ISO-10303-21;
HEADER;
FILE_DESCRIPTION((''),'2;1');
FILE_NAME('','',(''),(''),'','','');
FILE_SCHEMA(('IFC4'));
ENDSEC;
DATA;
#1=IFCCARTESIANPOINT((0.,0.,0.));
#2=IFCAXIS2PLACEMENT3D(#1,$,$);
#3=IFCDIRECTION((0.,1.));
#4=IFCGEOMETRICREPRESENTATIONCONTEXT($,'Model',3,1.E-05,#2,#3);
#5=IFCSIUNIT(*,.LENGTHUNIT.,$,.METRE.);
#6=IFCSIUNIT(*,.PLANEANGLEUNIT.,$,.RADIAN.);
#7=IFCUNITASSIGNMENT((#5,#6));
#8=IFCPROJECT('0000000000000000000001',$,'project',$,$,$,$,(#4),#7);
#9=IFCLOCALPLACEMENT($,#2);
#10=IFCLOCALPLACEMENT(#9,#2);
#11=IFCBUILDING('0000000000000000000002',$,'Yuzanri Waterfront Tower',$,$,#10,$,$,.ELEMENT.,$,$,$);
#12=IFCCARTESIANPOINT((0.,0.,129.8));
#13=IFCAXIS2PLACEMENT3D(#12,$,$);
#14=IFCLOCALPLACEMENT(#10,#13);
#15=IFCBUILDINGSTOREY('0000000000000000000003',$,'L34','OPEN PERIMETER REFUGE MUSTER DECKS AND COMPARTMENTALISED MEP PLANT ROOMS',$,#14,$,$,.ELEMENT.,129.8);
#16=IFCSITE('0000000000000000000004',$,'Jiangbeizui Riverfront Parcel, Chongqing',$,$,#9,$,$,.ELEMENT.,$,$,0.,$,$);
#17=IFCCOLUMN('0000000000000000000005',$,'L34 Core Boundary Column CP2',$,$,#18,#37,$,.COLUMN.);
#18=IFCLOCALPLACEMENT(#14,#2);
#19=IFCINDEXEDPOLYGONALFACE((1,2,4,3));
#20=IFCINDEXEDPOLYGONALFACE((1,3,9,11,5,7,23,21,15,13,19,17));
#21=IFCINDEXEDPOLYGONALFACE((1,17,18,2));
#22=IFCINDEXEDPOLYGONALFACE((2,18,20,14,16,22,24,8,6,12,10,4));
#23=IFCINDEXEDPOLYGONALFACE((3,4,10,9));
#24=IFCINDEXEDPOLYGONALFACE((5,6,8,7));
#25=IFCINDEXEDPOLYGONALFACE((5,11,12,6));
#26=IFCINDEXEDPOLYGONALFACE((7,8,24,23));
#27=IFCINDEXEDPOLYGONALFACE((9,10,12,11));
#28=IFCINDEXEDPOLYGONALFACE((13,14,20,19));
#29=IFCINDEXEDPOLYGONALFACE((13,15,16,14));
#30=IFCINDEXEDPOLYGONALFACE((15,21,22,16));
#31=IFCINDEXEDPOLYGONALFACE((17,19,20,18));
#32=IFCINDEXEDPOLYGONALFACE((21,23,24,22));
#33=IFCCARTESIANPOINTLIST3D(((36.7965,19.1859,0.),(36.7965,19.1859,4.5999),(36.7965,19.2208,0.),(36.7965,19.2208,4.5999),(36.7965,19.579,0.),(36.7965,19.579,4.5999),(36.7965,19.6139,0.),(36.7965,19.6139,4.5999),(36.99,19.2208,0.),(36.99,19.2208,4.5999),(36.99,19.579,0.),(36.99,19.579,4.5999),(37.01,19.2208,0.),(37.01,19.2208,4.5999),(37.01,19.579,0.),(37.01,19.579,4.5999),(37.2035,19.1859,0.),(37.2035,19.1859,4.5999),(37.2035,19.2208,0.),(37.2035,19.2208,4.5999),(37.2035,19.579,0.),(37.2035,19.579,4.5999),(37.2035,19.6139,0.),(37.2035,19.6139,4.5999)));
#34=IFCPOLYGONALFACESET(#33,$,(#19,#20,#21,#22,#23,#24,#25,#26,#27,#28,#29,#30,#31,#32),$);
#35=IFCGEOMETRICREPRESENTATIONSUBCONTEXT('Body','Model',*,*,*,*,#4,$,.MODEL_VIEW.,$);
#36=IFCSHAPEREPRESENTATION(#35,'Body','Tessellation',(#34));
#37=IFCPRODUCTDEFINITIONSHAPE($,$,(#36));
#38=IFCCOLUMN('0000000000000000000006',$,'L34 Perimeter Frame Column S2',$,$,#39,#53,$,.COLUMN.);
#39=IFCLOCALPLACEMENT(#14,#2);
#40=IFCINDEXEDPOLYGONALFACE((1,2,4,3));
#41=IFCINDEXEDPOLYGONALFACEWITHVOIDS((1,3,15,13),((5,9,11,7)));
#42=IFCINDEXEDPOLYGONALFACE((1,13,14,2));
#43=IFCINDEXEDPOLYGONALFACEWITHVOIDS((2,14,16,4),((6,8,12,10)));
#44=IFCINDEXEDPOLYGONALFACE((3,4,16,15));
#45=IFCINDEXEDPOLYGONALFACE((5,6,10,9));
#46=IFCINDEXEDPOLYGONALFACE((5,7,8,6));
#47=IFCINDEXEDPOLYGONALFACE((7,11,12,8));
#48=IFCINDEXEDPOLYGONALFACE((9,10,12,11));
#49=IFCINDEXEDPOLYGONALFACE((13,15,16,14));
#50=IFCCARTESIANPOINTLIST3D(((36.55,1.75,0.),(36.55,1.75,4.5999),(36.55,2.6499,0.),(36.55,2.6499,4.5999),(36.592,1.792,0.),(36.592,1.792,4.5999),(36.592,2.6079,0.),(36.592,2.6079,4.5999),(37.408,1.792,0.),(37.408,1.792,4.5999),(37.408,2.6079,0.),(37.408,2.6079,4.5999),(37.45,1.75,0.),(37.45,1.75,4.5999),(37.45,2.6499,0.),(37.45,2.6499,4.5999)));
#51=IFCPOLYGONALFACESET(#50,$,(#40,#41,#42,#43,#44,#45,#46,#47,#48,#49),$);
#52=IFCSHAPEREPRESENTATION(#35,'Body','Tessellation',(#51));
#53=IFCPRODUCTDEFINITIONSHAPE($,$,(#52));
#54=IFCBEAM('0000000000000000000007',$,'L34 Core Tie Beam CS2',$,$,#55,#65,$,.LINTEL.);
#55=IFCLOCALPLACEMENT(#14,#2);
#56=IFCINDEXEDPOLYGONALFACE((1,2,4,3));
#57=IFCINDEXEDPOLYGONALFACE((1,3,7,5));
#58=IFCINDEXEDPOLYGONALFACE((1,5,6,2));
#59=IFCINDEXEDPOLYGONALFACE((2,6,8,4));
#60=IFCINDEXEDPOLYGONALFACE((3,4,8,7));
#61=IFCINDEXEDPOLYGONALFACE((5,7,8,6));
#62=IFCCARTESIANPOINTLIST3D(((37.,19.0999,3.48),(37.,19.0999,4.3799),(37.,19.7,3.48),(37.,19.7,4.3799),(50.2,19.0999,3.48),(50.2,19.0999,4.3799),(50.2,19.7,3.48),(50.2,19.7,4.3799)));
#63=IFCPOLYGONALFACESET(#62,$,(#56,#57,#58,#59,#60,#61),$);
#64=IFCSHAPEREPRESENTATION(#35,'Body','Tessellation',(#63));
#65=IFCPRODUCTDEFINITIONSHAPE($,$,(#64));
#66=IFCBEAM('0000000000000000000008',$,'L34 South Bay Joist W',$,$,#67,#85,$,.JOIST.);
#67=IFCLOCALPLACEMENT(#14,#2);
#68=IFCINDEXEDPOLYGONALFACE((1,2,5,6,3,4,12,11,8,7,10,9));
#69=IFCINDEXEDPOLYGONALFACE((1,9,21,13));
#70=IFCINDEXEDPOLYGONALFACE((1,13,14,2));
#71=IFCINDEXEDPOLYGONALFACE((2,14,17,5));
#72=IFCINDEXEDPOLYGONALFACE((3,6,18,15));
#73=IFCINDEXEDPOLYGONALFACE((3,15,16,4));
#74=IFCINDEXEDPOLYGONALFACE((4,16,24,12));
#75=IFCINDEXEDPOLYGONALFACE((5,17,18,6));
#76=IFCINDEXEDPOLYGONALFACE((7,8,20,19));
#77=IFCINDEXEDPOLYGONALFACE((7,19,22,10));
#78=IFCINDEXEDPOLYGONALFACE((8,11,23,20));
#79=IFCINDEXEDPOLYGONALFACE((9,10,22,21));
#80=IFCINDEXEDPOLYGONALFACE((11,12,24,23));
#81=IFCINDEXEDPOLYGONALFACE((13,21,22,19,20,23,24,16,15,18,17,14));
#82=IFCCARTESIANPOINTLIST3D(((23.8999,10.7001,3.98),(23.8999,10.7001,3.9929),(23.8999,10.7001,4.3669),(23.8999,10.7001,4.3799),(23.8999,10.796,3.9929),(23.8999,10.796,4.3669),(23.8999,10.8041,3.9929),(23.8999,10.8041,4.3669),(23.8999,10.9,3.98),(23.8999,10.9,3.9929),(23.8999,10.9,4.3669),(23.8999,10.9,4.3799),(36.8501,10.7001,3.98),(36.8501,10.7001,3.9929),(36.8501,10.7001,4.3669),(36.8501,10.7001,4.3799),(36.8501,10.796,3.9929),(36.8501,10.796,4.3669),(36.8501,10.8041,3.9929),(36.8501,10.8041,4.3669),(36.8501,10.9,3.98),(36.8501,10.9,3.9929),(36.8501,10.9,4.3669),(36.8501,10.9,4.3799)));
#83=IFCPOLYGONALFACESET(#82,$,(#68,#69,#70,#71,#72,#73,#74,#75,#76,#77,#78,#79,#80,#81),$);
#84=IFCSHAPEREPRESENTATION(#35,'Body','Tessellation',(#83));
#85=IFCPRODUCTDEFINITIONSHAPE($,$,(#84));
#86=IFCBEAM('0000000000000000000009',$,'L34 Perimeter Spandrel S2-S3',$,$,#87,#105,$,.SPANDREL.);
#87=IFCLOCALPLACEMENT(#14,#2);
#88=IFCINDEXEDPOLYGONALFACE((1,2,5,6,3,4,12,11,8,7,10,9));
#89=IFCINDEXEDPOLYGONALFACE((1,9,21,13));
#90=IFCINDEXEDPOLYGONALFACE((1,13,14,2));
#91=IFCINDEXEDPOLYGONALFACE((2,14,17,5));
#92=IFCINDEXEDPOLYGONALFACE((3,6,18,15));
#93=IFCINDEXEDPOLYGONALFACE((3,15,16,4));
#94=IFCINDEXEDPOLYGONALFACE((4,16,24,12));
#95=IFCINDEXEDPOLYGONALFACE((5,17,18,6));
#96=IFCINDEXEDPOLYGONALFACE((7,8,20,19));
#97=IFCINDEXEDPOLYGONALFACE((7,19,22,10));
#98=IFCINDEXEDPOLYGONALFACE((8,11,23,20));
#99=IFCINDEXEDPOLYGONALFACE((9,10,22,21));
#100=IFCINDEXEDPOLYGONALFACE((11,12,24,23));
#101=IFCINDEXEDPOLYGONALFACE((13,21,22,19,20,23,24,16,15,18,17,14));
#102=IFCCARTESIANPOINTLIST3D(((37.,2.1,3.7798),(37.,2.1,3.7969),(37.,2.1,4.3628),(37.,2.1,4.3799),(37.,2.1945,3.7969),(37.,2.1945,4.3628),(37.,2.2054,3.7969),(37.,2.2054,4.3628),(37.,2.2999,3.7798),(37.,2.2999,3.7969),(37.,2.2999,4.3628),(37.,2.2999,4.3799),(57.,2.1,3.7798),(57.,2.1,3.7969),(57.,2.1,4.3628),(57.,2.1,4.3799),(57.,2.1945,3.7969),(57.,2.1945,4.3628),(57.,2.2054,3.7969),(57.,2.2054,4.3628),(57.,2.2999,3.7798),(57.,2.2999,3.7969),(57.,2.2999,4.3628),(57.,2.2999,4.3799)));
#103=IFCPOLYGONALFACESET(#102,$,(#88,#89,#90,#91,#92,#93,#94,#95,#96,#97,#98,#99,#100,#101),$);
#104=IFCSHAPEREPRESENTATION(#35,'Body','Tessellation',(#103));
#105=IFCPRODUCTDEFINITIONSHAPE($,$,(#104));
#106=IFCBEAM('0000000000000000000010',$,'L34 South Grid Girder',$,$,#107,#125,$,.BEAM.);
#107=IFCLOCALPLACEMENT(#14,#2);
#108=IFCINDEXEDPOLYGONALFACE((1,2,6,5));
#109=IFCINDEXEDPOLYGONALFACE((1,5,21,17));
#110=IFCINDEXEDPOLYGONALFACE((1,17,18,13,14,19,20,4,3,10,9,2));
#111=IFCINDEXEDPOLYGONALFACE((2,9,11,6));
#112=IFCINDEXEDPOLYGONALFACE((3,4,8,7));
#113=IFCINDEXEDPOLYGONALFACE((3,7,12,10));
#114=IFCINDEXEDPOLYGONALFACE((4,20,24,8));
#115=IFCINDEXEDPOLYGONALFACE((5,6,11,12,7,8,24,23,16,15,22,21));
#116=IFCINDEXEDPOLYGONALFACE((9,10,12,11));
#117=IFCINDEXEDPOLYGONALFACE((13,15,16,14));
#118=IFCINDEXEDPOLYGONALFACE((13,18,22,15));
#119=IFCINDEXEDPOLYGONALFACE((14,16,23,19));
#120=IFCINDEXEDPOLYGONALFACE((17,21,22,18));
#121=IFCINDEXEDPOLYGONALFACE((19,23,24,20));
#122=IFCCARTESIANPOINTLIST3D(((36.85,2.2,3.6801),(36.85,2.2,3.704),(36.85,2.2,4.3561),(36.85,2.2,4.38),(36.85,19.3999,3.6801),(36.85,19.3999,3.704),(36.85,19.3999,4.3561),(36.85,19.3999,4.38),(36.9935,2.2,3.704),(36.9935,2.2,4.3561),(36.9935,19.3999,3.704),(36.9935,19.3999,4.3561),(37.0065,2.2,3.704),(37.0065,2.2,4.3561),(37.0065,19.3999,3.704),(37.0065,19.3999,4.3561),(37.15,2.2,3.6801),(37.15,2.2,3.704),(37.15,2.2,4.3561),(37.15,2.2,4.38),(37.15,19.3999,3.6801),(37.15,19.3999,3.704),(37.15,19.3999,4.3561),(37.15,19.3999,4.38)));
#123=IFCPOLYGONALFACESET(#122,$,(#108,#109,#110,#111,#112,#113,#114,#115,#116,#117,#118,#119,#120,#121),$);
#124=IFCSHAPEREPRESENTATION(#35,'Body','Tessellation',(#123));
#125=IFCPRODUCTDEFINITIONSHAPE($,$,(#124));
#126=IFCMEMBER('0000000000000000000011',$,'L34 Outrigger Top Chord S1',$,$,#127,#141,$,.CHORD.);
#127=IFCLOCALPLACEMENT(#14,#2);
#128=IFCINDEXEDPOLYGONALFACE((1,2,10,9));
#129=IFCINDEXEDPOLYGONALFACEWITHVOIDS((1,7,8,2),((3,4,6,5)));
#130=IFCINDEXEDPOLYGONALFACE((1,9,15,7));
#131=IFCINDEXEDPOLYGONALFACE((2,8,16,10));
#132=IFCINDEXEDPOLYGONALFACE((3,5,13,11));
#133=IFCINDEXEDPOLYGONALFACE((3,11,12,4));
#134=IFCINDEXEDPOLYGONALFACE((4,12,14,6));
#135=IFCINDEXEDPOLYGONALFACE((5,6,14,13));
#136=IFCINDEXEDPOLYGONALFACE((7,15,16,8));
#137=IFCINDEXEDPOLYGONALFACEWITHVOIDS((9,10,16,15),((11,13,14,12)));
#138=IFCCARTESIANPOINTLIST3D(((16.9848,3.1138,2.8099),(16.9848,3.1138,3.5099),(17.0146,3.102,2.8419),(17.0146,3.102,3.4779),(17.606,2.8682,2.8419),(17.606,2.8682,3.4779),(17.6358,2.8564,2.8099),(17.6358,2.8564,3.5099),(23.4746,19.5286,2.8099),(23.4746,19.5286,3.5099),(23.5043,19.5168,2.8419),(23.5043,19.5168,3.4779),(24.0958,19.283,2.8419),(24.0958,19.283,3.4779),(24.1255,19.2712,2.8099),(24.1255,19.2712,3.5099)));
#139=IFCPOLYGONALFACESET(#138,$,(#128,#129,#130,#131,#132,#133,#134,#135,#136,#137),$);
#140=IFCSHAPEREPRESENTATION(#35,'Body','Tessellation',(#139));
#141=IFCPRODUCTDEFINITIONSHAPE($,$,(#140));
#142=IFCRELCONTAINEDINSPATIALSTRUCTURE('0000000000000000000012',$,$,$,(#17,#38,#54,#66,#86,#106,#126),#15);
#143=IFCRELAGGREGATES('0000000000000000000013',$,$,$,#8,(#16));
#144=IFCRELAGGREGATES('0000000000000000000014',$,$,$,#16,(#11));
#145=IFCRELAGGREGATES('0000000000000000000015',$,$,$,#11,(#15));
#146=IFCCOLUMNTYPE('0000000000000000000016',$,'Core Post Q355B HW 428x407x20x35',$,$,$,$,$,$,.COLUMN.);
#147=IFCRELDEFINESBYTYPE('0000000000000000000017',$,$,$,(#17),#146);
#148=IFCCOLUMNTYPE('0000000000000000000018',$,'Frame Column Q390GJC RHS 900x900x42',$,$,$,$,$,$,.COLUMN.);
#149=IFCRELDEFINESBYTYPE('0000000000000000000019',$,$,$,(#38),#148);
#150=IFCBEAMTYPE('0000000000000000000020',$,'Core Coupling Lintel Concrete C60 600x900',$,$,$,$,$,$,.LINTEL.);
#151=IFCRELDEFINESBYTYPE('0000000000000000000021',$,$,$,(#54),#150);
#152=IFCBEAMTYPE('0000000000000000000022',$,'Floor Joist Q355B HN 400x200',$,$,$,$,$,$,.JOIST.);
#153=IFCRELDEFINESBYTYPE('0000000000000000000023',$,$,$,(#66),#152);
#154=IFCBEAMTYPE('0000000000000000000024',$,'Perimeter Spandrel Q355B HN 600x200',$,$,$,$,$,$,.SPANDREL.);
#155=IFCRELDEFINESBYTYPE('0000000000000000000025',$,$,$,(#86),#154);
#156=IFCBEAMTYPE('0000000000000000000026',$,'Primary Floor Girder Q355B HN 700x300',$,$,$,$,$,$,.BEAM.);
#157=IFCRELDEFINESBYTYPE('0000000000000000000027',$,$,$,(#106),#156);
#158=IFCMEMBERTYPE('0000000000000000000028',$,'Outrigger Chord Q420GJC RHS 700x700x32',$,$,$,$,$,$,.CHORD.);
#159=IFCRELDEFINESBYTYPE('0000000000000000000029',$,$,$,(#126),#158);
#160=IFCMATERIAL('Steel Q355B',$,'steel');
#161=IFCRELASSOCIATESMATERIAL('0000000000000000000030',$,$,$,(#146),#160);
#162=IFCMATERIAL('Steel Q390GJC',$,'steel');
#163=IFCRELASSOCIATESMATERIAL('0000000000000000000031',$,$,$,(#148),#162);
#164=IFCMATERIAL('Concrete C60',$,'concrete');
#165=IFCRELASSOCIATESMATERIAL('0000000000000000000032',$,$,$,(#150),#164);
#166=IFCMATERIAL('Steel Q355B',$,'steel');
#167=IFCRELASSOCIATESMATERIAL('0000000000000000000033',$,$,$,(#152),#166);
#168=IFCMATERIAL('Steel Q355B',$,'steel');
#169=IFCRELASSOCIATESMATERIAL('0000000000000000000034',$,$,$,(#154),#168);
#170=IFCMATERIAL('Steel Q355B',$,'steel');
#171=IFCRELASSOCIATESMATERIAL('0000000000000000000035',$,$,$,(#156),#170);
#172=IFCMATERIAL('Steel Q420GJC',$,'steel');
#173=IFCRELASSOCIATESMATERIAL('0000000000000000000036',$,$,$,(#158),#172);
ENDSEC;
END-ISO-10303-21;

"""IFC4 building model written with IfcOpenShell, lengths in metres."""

from ifc_helpers import new_model, si_unit, direction, frame, origin, origin_2d, place, context, subcontext, project, spatial, rectangle, hollow_rectangle, i_section, extrude, source, transform, mapped, material, material_profile, profile_set, type_object, element, save


model = new_model("IFC4")

# Units and contexts
model_context = context("Model", 3, precision=1e-05, world=origin(), true_north=direction((0.0, 1.0)))
body_context = subcontext(model_context, "Body", "Model", "MODEL_VIEW")
ifc_project = project(units=[si_unit("LENGTHUNIT", "METRE"), si_unit("PLANEANGLEUNIT", "RADIAN")], contexts=[model_context])

# Site, building, storey
site_placement = place(None, origin())
site = spatial("IfcSite", under=ifc_project, at=site_placement, Name="Jiangbeizui Riverfront Parcel, Chongqing", CompositionType="ELEMENT", RefElevation=0.0)
building_placement = place(site_placement, origin())
building = spatial("IfcBuilding", under=site, at=building_placement, Name="Yuzanri Waterfront Tower", CompositionType="ELEMENT")
storey_placement = place(building_placement, frame((0.0, 0.0, 129.8)))
storey = spatial("IfcBuildingStorey", under=building, at=storey_placement, Name="L34", Description="OPEN PERIMETER REFUGE MUSTER DECKS AND COMPARTMENTALISED MEP PLANT ROOMS", CompositionType="ELEMENT", Elevation=129.8)

# Columns
ifc_material_1 = material(Name="Steel Q355B", Category="steel")
ifc_material_profile_1 = material_profile(ifc_material_1, i_section(OverallWidth=0.407, OverallDepth=0.428, WebThickness=0.02, FlangeThickness=0.0349, at=origin_2d()), Name="HW 428x407x20x35")
ifc_profile_set_1 = profile_set([ifc_material_profile_1], Name="Steel Q355B")
column_type_1 = type_object("IfcColumnType", Name="Core Post Q355B HW 428x407x20x35", PredefinedType="COLUMN", material=ifc_profile_set_1)
shared_shape_1 = source(origin(), body_context, "Body", "SweptSolid", [
    extrude(i_section(OverallWidth=0.407, OverallDepth=0.428, WebThickness=0.02, FlangeThickness=0.0349, at=origin_2d()), origin(), (0.0, 0.0, 1.0), 4.5999),
])
column_1_placement = place(storey_placement, frame((37.0, 19.3999, 0.0), z_axis=(0.0, 0.0, 1.0), x_axis=(1.0, 0.0, 0.0)))
element("IfcColumn", 1, at=column_1_placement, inside=storey, type_object=column_type_1, Name="L34 Core Boundary Column CP2", PredefinedType="COLUMN", context=body_context, shape_type="MappedRepresentation", body=[
    mapped(shared_shape_1, transform((0.0, 0.0, 0.0), scale=1.0)),
])
ifc_material_2 = material(Name="Steel Q390GJC", Category="steel")
ifc_material_profile_2 = material_profile(ifc_material_2, hollow_rectangle(XDim=0.8999, YDim=0.8999, WallThickness=0.042, at=origin_2d()), Name="RHS 900x900x42")
ifc_profile_set_2 = profile_set([ifc_material_profile_2], Name="Steel Q390GJC")
column_type_2 = type_object("IfcColumnType", Name="Frame Column Q390GJC RHS 900x900x42", PredefinedType="COLUMN", material=ifc_profile_set_2)
shared_shape_2 = source(origin(), body_context, "Body", "SweptSolid", [
    extrude(hollow_rectangle(XDim=0.8999, YDim=0.8999, WallThickness=0.042, at=origin_2d()), origin(), (0.0, 0.0, 1.0), 4.5999),
])
column_2_placement = place(storey_placement, frame((37.0, 2.2, 0.0), z_axis=(0.0, 0.0, 1.0), x_axis=(1.0, 0.0, 0.0)))
element("IfcColumn", 2, at=column_2_placement, inside=storey, type_object=column_type_2, Name="L34 Perimeter Frame Column S2", PredefinedType="COLUMN", context=body_context, shape_type="MappedRepresentation", body=[
    mapped(shared_shape_2, transform((0.0, 0.0, 0.0), scale=1.0)),
])

# Beams
ifc_material_3 = material(Name="Concrete C60", Category="concrete")
ifc_material_profile_3 = material_profile(ifc_material_3, rectangle(XDim=0.6001, YDim=0.8999, at=origin_2d()), Name="RC 600x900")
ifc_profile_set_3 = profile_set([ifc_material_profile_3], Name="Concrete C60")
beam_type_1 = type_object("IfcBeamType", Name="Core Coupling Lintel Concrete C60 600x900", PredefinedType="LINTEL", material=ifc_profile_set_3)
shared_shape_3 = source(origin(), body_context, "Body", "SweptSolid", [
    extrude(rectangle(XDim=0.6001, YDim=0.8999, at=origin_2d()), origin(), (0.0, 0.0, 1.0), 13.2),
])
beam_1_placement = place(storey_placement, frame((37.0, 19.3999, 3.9299), z_axis=(1.0, 0.0, 0.0), x_axis=(0.0, 1.0, 0.0)))
element("IfcBeam", 3, at=beam_1_placement, inside=storey, type_object=beam_type_1, Name="L34 Core Tie Beam CS2", PredefinedType="LINTEL", context=body_context, shape_type="MappedRepresentation", body=[
    mapped(shared_shape_3, transform((0.0, 0.0, 0.0), scale=1.0)),
])
ifc_material_4 = material(Name="Steel Q355B", Category="steel")
ifc_material_profile_4 = material_profile(ifc_material_4, i_section(OverallWidth=0.2, OverallDepth=0.3999, WebThickness=0.0081, FlangeThickness=0.0129, at=origin_2d()), Name="HN 400x200x8x13")
ifc_profile_set_4 = profile_set([ifc_material_profile_4], Name="Steel Q355B")
beam_type_2 = type_object("IfcBeamType", Name="Floor Joist Q355B HN 400x200", PredefinedType="JOIST", material=ifc_profile_set_4)
shared_shape_4 = source(origin(), body_context, "Body", "SweptSolid", [
    extrude(i_section(OverallWidth=0.2, OverallDepth=0.3999, WebThickness=0.0081, FlangeThickness=0.0129, at=origin_2d()), origin(), (0.0, 0.0, 1.0), 12.9502),
])
beam_2_placement = place(storey_placement, frame((23.8999, 10.8, 4.1799), z_axis=(1.0, 0.0, 0.0), x_axis=(0.0, 1.0, 0.0)))
element("IfcBeam", 4, at=beam_2_placement, inside=storey, type_object=beam_type_2, Name="L34 South Bay Joist W", PredefinedType="JOIST", context=body_context, shape_type="MappedRepresentation", body=[
    mapped(shared_shape_4, transform((0.0, 0.0, 0.0), scale=1.0)),
])
ifc_material_5 = material(Name="Steel Q355B", Category="steel")
ifc_material_profile_5 = material_profile(ifc_material_5, i_section(OverallWidth=0.2, OverallDepth=0.6001, WebThickness=0.011, FlangeThickness=0.0171, at=origin_2d()), Name="HN 600x200x11x17")
ifc_profile_set_5 = profile_set([ifc_material_profile_5], Name="Steel Q355B")
beam_type_3 = type_object("IfcBeamType", Name="Perimeter Spandrel Q355B HN 600x200", PredefinedType="SPANDREL", material=ifc_profile_set_5)
shared_shape_5 = source(origin(), body_context, "Body", "SweptSolid", [
    extrude(i_section(OverallWidth=0.2, OverallDepth=0.6001, WebThickness=0.011, FlangeThickness=0.0171, at=origin_2d()), origin(), (0.0, 0.0, 1.0), 20.0),
])
beam_3_placement = place(storey_placement, frame((37.0, 2.2, 4.0798), z_axis=(1.0, 0.0, 0.0), x_axis=(0.0, 1.0, 0.0)))
element("IfcBeam", 5, at=beam_3_placement, inside=storey, type_object=beam_type_3, Name="L34 Perimeter Spandrel S2-S3", PredefinedType="SPANDREL", context=body_context, shape_type="MappedRepresentation", body=[
    mapped(shared_shape_5, transform((0.0, 0.0, 0.0), scale=1.0)),
])
ifc_material_6 = material(Name="Steel Q355B", Category="steel")
ifc_material_profile_6 = material_profile(ifc_material_6, i_section(OverallWidth=0.3, OverallDepth=0.7, WebThickness=0.0129, FlangeThickness=0.0239, at=origin_2d()), Name="HN 700x300x13x24")
ifc_profile_set_6 = profile_set([ifc_material_profile_6], Name="Steel Q355B")
beam_type_4 = type_object("IfcBeamType", Name="Primary Floor Girder Q355B HN 700x300", PredefinedType="BEAM", material=ifc_profile_set_6)
shared_shape_6 = source(origin(), body_context, "Body", "SweptSolid", [
    extrude(i_section(OverallWidth=0.3, OverallDepth=0.7, WebThickness=0.0129, FlangeThickness=0.0239, at=origin_2d()), origin(), (0.0, 0.0, 1.0), 17.2),
])
beam_4_placement = place(storey_placement, frame((37.0, 19.3999, 4.03), z_axis=(0.0, -1.0, 0.0), x_axis=(1.0, 0.0, 0.0)))
element("IfcBeam", 6, at=beam_4_placement, inside=storey, type_object=beam_type_4, Name="L34 South Grid Girder", PredefinedType="BEAM", context=body_context, shape_type="MappedRepresentation", body=[
    mapped(shared_shape_6, transform((0.0, 0.0, 0.0), scale=1.0)),
])

# Member
ifc_material_7 = material(Name="Steel Q420GJC", Category="steel")
ifc_material_profile_7 = material_profile(ifc_material_7, hollow_rectangle(XDim=0.7, YDim=0.7, WallThickness=0.032, at=origin_2d()), Name="RHS 700x700x32")
ifc_profile_set_7 = profile_set([ifc_material_profile_7], Name="Steel Q420GJC")
member_type_1 = type_object("IfcMemberType", Name="Outrigger Chord Q420GJC RHS 700x700x32", PredefinedType="CHORD", material=ifc_profile_set_7)
shared_shape_7 = source(origin(), body_context, "Body", "SweptSolid", [
    extrude(hollow_rectangle(XDim=0.7, YDim=0.7, WallThickness=0.032, at=origin_2d()), origin(), (0.0, 0.0, 1.0), 17.6511),
])
member_placement = place(storey_placement, frame((23.8, 19.3999, 3.1599), z_axis=(-0.367668, -0.929957, 0.0), x_axis=(0.929957, -0.367668, 0.0)))
element("IfcMember", 7, at=member_placement, inside=storey, type_object=member_type_1, Name="L34 Outrigger Top Chord S1", PredefinedType="CHORD", context=body_context, shape_type="MappedRepresentation", body=[
    mapped(shared_shape_7, transform((0.0, 0.0, 0.0), scale=1.0)),
])

save(model, "model.ifc")
